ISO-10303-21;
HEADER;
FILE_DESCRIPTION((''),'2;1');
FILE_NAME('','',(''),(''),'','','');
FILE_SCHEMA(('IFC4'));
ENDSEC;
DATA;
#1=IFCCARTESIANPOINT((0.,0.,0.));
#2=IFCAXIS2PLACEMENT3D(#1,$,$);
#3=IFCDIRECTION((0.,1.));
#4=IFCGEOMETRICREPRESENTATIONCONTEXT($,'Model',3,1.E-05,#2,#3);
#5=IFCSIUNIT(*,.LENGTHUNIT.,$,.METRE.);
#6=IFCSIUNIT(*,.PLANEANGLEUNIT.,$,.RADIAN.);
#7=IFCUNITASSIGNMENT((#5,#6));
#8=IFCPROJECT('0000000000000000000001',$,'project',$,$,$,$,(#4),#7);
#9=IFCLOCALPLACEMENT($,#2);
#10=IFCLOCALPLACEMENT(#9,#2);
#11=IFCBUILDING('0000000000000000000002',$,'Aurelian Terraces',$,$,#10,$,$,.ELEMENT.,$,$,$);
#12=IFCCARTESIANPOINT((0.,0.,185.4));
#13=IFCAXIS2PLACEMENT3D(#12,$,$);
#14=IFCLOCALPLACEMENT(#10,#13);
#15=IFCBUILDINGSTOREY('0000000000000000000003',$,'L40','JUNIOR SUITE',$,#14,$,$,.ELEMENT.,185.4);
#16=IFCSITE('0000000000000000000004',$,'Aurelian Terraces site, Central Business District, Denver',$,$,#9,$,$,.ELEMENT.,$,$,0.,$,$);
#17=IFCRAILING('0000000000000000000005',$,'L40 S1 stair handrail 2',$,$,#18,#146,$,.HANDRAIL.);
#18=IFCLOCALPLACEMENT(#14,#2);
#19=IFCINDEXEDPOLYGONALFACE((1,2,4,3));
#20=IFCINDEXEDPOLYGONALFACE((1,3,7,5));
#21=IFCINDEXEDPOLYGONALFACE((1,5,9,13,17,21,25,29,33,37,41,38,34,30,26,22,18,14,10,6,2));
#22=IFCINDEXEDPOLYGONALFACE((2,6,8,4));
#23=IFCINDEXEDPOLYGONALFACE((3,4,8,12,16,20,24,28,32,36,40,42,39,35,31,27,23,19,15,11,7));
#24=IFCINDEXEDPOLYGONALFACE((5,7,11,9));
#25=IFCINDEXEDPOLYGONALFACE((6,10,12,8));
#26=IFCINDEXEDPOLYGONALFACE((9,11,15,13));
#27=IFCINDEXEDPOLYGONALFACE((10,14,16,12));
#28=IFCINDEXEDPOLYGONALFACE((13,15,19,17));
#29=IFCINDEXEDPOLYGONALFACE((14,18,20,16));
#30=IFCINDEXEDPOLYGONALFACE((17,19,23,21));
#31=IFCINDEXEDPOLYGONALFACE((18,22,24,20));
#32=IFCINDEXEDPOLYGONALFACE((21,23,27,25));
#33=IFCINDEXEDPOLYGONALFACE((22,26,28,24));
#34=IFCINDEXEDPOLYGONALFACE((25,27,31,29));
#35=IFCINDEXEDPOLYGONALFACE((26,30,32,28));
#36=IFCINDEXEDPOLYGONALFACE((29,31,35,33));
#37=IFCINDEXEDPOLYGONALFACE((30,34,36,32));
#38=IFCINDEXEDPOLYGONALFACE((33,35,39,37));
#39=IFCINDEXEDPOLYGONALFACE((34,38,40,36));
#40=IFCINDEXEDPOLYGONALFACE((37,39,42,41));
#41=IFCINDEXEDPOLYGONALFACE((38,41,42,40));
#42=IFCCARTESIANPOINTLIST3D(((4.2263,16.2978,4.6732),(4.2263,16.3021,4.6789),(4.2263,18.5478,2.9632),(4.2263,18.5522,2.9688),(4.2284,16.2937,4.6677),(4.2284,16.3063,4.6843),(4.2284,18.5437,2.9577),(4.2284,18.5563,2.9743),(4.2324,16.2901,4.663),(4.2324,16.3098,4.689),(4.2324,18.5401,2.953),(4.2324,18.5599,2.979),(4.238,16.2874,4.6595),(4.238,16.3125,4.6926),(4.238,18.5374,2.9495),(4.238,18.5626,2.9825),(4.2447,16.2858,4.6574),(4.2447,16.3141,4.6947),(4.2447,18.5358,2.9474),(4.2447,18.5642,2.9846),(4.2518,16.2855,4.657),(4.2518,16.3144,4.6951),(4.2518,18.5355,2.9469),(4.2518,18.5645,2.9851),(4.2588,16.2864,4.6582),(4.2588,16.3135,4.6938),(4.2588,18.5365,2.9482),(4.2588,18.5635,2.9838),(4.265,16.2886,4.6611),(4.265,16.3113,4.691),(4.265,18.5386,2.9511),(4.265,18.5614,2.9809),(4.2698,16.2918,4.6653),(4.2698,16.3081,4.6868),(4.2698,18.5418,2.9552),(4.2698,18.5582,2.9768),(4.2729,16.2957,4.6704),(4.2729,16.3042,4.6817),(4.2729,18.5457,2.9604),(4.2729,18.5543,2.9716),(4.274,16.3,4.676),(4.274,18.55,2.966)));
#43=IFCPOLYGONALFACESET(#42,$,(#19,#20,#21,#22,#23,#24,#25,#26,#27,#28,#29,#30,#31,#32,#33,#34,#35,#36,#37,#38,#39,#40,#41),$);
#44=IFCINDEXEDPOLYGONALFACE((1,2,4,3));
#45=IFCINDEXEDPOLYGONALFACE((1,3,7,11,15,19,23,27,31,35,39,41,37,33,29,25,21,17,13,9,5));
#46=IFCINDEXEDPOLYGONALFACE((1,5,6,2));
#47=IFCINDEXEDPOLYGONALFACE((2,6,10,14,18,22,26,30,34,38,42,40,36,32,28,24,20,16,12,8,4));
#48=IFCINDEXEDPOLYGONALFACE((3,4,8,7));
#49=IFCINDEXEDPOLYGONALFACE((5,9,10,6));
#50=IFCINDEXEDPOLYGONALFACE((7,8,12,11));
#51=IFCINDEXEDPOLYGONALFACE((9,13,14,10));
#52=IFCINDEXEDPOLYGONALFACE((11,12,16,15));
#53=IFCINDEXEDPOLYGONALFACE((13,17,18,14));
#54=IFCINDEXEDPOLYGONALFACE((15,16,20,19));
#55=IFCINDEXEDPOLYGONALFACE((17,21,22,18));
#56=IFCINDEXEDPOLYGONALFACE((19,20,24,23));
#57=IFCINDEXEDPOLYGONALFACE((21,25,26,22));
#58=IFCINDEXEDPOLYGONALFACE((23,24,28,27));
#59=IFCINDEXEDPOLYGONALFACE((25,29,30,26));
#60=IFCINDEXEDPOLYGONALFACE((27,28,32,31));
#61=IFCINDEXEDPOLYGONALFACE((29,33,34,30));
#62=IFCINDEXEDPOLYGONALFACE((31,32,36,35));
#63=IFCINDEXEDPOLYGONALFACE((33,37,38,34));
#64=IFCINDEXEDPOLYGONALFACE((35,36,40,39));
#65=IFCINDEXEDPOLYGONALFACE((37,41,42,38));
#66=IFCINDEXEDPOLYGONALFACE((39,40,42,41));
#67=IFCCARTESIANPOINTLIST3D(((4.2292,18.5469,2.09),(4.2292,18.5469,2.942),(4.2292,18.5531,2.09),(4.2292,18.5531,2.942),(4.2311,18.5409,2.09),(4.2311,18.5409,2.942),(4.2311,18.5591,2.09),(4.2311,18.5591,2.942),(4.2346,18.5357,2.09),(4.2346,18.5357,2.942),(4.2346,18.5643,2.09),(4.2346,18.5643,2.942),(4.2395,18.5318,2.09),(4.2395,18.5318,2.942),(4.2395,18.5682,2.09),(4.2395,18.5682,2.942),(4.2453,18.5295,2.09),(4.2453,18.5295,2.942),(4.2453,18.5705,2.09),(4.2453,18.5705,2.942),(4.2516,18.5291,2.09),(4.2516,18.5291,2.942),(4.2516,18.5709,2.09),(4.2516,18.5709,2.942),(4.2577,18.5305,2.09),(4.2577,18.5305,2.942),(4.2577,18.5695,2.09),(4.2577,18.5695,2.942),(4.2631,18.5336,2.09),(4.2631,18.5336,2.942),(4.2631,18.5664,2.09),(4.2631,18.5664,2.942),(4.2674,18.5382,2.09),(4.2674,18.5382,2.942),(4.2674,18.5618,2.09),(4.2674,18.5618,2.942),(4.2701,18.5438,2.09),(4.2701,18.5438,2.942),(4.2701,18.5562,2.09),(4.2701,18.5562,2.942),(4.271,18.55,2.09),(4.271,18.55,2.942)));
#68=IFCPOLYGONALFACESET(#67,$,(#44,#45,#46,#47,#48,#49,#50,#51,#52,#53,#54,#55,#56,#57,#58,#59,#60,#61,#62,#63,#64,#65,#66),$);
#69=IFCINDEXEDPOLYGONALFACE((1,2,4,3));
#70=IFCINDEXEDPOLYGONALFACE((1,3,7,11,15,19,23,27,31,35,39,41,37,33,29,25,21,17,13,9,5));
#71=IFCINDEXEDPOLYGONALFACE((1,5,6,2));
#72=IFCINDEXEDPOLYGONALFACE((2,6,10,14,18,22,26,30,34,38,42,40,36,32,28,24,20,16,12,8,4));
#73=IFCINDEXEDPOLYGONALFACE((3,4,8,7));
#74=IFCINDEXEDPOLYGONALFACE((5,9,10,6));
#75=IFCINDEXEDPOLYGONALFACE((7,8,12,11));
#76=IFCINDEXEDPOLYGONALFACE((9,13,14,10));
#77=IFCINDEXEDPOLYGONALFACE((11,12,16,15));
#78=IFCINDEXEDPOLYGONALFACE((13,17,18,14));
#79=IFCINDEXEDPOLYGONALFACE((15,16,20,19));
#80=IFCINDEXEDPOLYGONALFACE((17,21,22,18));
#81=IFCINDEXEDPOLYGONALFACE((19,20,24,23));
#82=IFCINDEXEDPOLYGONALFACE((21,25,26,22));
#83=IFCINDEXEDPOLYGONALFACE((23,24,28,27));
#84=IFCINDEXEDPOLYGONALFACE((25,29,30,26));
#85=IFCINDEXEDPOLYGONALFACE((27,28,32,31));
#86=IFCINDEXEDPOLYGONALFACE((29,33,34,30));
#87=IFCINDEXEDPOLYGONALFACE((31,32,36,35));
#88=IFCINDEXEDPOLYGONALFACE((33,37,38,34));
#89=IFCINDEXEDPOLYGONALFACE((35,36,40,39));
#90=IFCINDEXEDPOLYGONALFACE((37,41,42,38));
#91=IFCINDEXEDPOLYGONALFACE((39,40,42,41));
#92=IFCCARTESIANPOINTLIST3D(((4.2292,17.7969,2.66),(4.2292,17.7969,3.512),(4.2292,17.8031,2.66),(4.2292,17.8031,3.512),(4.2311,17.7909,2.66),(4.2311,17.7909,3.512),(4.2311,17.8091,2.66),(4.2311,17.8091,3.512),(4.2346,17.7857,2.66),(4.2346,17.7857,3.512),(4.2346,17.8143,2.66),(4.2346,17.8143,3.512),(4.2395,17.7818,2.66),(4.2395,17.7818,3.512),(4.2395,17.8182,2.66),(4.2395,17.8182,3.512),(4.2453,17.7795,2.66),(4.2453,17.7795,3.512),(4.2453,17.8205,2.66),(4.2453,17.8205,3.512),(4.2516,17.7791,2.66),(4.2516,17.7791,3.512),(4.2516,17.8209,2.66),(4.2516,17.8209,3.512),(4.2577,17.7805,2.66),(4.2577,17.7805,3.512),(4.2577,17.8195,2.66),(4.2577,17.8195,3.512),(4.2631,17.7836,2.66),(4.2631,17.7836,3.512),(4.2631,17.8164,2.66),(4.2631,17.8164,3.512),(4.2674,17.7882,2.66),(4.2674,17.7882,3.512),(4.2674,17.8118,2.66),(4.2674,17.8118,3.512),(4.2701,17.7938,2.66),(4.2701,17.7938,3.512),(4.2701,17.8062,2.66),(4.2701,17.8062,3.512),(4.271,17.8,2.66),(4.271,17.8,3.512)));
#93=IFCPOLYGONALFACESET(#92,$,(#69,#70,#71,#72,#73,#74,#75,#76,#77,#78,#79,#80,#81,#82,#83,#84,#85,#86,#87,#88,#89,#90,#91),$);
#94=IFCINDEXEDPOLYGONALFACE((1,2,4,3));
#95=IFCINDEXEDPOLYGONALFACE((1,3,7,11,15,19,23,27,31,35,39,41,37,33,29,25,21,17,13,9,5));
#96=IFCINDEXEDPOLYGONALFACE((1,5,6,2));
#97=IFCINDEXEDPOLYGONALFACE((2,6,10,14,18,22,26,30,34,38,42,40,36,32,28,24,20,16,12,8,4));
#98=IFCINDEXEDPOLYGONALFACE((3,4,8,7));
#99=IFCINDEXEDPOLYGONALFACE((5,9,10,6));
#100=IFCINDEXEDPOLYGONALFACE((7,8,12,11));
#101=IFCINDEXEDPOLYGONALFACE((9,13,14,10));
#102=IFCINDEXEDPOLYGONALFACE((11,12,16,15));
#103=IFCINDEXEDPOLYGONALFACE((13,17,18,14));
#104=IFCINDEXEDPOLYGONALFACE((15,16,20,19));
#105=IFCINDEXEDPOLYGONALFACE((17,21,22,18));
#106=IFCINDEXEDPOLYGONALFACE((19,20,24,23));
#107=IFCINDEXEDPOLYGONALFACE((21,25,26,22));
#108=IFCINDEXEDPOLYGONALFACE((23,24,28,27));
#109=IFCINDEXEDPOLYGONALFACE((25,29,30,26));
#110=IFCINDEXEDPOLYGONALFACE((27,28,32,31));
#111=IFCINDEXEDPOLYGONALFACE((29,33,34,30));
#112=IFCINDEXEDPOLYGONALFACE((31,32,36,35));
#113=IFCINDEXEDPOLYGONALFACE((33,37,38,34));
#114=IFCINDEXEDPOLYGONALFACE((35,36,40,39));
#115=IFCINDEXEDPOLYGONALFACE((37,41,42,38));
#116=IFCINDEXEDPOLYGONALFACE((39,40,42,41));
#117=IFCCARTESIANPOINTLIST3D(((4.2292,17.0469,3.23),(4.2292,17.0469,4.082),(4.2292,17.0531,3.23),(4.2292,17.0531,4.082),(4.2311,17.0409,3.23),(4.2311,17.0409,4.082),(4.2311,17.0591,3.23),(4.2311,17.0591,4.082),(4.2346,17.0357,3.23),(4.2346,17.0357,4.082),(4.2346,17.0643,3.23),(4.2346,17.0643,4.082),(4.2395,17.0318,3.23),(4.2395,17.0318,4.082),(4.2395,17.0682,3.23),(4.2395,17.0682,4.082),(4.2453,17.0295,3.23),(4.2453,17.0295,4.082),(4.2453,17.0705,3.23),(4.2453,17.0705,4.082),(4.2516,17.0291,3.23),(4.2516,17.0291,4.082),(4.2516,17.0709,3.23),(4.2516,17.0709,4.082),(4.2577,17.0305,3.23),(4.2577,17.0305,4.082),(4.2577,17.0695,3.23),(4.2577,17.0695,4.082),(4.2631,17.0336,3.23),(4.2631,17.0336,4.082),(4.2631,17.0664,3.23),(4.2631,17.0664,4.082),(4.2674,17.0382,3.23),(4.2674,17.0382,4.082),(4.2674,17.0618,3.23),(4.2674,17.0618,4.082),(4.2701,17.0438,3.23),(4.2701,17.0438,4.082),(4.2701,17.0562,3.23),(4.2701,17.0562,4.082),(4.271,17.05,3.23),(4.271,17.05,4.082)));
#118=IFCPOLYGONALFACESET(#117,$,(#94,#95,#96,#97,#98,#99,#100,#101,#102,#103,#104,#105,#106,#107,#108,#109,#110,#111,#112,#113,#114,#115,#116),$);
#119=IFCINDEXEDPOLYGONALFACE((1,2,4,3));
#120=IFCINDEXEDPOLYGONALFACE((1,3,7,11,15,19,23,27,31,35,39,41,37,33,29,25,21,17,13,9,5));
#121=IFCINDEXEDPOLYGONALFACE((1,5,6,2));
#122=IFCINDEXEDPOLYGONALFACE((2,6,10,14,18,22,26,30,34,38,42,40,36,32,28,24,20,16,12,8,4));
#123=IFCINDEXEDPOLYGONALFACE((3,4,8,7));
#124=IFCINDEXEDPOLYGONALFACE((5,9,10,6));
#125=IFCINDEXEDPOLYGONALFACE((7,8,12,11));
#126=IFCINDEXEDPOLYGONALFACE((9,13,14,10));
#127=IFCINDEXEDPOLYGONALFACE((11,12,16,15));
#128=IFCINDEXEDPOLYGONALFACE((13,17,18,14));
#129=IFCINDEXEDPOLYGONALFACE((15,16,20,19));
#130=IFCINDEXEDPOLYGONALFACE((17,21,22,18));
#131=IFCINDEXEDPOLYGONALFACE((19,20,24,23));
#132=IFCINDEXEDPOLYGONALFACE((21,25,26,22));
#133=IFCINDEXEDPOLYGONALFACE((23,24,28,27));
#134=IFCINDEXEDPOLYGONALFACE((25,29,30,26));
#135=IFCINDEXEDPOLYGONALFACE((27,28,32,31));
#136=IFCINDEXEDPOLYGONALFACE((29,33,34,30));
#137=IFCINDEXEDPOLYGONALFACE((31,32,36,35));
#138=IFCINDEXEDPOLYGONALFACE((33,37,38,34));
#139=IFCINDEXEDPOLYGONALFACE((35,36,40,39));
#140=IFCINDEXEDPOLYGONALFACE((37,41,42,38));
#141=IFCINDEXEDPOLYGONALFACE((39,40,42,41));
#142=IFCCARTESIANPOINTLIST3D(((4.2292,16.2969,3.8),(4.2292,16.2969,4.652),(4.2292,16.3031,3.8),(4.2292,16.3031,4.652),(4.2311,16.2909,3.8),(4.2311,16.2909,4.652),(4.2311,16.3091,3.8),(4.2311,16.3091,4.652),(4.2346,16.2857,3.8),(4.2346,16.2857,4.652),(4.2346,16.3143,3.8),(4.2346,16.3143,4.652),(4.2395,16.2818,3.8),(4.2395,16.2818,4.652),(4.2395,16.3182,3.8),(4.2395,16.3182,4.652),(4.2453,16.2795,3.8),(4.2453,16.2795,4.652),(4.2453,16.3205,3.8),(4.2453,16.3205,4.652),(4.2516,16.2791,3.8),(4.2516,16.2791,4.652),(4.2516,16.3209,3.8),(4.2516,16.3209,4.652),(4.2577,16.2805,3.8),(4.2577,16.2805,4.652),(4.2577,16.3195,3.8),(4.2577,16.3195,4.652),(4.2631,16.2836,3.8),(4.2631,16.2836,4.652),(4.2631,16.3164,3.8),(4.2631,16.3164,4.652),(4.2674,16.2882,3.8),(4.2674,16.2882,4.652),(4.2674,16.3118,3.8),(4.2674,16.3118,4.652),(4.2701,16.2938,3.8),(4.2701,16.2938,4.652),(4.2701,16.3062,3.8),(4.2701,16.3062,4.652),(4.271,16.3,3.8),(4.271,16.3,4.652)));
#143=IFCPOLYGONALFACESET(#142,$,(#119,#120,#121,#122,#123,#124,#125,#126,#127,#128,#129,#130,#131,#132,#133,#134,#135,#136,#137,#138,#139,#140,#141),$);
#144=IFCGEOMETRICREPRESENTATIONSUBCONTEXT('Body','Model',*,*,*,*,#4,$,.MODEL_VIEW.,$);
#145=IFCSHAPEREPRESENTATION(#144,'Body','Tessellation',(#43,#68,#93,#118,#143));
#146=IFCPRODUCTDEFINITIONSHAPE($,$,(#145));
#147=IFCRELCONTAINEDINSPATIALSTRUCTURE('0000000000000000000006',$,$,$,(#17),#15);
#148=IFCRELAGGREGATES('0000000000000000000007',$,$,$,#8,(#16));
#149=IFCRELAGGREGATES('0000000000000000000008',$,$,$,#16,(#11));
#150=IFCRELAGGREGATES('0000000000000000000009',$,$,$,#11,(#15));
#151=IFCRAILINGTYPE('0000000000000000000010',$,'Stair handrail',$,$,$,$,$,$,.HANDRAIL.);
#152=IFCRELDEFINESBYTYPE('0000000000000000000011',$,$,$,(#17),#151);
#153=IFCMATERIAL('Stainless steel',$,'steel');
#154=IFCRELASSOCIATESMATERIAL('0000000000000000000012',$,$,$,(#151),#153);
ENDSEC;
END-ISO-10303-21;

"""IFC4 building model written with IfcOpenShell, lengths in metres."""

from ifc_helpers import new_model, si_unit, direction, frame, origin, origin_2d, place, context, subcontext, project, spatial, circle, extrude, source, transform, mapped, material, type_object, element, save


model = new_model("IFC4")

# Units and contexts
model_context = context("Model", 3, precision=1e-05, world=origin(), true_north=direction((0.0, 1.0)))
body_context = subcontext(model_context, "Body", "Model", "MODEL_VIEW")
ifc_project = project(units=[si_unit("LENGTHUNIT", "METRE"), si_unit("PLANEANGLEUNIT", "RADIAN")], contexts=[model_context])

# Site, building, storey
site_placement = place(None, origin())
site = spatial("IfcSite", under=ifc_project, at=site_placement, Name="Aurelian Terraces site, Central Business District, Denver", CompositionType="ELEMENT", RefElevation=0.0)
building_placement = place(site_placement, origin())
building = spatial("IfcBuilding", under=site, at=building_placement, Name="Aurelian Terraces", CompositionType="ELEMENT")
storey_placement = place(building_placement, frame((0.0, 0.0, 185.4)))
storey = spatial("IfcBuildingStorey", under=building, at=storey_placement, Name="L40", Description="JUNIOR SUITE", CompositionType="ELEMENT", Elevation=185.4)

# Shared definitions
ifc_material_1 = material(Name="Stainless steel", Category="steel")

# Railing
railing_type_1 = type_object("IfcRailingType", Name="Stair handrail", PredefinedType="HANDRAIL", material=ifc_material_1)
shared_shape_1 = source(origin(), body_context, "Body", "SweptSolid", [
    extrude(circle(Radius=0.024, at=origin_2d()), frame((0.0, 0.0, 0.876), z_axis=(0.0, -0.796162, 0.605083), x_axis=(1.0, 0.0, 0.0)), (0.0, 0.0, 1.0), 2.8261),
    extrude(circle(Radius=0.021, at=origin_2d()), origin(), (0.0, 0.0, 1.0), 0.852),
    extrude(circle(Radius=0.021, at=origin_2d()), frame((0.0, -0.75, 0.57)), (0.0, 0.0, 1.0), 0.852),
    extrude(circle(Radius=0.021, at=origin_2d()), frame((0.0, -1.5, 1.14)), (0.0, 0.0, 1.0), 0.852),
    extrude(circle(Radius=0.021, at=origin_2d()), frame((0.0, -2.25, 1.71)), (0.0, 0.0, 1.0), 0.852),
])
railing_1_placement = place(storey_placement, frame((4.25, 18.55, 2.09)))
element("IfcRailing", 1, at=railing_1_placement, inside=storey, type_object=railing_type_1, Name="L40 S1 stair handrail 2", PredefinedType="HANDRAIL", context=body_context, shape_type="MappedRepresentation", body=[
    mapped(shared_shape_1, transform((0.0, 0.0, 0.0), scale=1.0)),
])

save(model, "model.ifc")
